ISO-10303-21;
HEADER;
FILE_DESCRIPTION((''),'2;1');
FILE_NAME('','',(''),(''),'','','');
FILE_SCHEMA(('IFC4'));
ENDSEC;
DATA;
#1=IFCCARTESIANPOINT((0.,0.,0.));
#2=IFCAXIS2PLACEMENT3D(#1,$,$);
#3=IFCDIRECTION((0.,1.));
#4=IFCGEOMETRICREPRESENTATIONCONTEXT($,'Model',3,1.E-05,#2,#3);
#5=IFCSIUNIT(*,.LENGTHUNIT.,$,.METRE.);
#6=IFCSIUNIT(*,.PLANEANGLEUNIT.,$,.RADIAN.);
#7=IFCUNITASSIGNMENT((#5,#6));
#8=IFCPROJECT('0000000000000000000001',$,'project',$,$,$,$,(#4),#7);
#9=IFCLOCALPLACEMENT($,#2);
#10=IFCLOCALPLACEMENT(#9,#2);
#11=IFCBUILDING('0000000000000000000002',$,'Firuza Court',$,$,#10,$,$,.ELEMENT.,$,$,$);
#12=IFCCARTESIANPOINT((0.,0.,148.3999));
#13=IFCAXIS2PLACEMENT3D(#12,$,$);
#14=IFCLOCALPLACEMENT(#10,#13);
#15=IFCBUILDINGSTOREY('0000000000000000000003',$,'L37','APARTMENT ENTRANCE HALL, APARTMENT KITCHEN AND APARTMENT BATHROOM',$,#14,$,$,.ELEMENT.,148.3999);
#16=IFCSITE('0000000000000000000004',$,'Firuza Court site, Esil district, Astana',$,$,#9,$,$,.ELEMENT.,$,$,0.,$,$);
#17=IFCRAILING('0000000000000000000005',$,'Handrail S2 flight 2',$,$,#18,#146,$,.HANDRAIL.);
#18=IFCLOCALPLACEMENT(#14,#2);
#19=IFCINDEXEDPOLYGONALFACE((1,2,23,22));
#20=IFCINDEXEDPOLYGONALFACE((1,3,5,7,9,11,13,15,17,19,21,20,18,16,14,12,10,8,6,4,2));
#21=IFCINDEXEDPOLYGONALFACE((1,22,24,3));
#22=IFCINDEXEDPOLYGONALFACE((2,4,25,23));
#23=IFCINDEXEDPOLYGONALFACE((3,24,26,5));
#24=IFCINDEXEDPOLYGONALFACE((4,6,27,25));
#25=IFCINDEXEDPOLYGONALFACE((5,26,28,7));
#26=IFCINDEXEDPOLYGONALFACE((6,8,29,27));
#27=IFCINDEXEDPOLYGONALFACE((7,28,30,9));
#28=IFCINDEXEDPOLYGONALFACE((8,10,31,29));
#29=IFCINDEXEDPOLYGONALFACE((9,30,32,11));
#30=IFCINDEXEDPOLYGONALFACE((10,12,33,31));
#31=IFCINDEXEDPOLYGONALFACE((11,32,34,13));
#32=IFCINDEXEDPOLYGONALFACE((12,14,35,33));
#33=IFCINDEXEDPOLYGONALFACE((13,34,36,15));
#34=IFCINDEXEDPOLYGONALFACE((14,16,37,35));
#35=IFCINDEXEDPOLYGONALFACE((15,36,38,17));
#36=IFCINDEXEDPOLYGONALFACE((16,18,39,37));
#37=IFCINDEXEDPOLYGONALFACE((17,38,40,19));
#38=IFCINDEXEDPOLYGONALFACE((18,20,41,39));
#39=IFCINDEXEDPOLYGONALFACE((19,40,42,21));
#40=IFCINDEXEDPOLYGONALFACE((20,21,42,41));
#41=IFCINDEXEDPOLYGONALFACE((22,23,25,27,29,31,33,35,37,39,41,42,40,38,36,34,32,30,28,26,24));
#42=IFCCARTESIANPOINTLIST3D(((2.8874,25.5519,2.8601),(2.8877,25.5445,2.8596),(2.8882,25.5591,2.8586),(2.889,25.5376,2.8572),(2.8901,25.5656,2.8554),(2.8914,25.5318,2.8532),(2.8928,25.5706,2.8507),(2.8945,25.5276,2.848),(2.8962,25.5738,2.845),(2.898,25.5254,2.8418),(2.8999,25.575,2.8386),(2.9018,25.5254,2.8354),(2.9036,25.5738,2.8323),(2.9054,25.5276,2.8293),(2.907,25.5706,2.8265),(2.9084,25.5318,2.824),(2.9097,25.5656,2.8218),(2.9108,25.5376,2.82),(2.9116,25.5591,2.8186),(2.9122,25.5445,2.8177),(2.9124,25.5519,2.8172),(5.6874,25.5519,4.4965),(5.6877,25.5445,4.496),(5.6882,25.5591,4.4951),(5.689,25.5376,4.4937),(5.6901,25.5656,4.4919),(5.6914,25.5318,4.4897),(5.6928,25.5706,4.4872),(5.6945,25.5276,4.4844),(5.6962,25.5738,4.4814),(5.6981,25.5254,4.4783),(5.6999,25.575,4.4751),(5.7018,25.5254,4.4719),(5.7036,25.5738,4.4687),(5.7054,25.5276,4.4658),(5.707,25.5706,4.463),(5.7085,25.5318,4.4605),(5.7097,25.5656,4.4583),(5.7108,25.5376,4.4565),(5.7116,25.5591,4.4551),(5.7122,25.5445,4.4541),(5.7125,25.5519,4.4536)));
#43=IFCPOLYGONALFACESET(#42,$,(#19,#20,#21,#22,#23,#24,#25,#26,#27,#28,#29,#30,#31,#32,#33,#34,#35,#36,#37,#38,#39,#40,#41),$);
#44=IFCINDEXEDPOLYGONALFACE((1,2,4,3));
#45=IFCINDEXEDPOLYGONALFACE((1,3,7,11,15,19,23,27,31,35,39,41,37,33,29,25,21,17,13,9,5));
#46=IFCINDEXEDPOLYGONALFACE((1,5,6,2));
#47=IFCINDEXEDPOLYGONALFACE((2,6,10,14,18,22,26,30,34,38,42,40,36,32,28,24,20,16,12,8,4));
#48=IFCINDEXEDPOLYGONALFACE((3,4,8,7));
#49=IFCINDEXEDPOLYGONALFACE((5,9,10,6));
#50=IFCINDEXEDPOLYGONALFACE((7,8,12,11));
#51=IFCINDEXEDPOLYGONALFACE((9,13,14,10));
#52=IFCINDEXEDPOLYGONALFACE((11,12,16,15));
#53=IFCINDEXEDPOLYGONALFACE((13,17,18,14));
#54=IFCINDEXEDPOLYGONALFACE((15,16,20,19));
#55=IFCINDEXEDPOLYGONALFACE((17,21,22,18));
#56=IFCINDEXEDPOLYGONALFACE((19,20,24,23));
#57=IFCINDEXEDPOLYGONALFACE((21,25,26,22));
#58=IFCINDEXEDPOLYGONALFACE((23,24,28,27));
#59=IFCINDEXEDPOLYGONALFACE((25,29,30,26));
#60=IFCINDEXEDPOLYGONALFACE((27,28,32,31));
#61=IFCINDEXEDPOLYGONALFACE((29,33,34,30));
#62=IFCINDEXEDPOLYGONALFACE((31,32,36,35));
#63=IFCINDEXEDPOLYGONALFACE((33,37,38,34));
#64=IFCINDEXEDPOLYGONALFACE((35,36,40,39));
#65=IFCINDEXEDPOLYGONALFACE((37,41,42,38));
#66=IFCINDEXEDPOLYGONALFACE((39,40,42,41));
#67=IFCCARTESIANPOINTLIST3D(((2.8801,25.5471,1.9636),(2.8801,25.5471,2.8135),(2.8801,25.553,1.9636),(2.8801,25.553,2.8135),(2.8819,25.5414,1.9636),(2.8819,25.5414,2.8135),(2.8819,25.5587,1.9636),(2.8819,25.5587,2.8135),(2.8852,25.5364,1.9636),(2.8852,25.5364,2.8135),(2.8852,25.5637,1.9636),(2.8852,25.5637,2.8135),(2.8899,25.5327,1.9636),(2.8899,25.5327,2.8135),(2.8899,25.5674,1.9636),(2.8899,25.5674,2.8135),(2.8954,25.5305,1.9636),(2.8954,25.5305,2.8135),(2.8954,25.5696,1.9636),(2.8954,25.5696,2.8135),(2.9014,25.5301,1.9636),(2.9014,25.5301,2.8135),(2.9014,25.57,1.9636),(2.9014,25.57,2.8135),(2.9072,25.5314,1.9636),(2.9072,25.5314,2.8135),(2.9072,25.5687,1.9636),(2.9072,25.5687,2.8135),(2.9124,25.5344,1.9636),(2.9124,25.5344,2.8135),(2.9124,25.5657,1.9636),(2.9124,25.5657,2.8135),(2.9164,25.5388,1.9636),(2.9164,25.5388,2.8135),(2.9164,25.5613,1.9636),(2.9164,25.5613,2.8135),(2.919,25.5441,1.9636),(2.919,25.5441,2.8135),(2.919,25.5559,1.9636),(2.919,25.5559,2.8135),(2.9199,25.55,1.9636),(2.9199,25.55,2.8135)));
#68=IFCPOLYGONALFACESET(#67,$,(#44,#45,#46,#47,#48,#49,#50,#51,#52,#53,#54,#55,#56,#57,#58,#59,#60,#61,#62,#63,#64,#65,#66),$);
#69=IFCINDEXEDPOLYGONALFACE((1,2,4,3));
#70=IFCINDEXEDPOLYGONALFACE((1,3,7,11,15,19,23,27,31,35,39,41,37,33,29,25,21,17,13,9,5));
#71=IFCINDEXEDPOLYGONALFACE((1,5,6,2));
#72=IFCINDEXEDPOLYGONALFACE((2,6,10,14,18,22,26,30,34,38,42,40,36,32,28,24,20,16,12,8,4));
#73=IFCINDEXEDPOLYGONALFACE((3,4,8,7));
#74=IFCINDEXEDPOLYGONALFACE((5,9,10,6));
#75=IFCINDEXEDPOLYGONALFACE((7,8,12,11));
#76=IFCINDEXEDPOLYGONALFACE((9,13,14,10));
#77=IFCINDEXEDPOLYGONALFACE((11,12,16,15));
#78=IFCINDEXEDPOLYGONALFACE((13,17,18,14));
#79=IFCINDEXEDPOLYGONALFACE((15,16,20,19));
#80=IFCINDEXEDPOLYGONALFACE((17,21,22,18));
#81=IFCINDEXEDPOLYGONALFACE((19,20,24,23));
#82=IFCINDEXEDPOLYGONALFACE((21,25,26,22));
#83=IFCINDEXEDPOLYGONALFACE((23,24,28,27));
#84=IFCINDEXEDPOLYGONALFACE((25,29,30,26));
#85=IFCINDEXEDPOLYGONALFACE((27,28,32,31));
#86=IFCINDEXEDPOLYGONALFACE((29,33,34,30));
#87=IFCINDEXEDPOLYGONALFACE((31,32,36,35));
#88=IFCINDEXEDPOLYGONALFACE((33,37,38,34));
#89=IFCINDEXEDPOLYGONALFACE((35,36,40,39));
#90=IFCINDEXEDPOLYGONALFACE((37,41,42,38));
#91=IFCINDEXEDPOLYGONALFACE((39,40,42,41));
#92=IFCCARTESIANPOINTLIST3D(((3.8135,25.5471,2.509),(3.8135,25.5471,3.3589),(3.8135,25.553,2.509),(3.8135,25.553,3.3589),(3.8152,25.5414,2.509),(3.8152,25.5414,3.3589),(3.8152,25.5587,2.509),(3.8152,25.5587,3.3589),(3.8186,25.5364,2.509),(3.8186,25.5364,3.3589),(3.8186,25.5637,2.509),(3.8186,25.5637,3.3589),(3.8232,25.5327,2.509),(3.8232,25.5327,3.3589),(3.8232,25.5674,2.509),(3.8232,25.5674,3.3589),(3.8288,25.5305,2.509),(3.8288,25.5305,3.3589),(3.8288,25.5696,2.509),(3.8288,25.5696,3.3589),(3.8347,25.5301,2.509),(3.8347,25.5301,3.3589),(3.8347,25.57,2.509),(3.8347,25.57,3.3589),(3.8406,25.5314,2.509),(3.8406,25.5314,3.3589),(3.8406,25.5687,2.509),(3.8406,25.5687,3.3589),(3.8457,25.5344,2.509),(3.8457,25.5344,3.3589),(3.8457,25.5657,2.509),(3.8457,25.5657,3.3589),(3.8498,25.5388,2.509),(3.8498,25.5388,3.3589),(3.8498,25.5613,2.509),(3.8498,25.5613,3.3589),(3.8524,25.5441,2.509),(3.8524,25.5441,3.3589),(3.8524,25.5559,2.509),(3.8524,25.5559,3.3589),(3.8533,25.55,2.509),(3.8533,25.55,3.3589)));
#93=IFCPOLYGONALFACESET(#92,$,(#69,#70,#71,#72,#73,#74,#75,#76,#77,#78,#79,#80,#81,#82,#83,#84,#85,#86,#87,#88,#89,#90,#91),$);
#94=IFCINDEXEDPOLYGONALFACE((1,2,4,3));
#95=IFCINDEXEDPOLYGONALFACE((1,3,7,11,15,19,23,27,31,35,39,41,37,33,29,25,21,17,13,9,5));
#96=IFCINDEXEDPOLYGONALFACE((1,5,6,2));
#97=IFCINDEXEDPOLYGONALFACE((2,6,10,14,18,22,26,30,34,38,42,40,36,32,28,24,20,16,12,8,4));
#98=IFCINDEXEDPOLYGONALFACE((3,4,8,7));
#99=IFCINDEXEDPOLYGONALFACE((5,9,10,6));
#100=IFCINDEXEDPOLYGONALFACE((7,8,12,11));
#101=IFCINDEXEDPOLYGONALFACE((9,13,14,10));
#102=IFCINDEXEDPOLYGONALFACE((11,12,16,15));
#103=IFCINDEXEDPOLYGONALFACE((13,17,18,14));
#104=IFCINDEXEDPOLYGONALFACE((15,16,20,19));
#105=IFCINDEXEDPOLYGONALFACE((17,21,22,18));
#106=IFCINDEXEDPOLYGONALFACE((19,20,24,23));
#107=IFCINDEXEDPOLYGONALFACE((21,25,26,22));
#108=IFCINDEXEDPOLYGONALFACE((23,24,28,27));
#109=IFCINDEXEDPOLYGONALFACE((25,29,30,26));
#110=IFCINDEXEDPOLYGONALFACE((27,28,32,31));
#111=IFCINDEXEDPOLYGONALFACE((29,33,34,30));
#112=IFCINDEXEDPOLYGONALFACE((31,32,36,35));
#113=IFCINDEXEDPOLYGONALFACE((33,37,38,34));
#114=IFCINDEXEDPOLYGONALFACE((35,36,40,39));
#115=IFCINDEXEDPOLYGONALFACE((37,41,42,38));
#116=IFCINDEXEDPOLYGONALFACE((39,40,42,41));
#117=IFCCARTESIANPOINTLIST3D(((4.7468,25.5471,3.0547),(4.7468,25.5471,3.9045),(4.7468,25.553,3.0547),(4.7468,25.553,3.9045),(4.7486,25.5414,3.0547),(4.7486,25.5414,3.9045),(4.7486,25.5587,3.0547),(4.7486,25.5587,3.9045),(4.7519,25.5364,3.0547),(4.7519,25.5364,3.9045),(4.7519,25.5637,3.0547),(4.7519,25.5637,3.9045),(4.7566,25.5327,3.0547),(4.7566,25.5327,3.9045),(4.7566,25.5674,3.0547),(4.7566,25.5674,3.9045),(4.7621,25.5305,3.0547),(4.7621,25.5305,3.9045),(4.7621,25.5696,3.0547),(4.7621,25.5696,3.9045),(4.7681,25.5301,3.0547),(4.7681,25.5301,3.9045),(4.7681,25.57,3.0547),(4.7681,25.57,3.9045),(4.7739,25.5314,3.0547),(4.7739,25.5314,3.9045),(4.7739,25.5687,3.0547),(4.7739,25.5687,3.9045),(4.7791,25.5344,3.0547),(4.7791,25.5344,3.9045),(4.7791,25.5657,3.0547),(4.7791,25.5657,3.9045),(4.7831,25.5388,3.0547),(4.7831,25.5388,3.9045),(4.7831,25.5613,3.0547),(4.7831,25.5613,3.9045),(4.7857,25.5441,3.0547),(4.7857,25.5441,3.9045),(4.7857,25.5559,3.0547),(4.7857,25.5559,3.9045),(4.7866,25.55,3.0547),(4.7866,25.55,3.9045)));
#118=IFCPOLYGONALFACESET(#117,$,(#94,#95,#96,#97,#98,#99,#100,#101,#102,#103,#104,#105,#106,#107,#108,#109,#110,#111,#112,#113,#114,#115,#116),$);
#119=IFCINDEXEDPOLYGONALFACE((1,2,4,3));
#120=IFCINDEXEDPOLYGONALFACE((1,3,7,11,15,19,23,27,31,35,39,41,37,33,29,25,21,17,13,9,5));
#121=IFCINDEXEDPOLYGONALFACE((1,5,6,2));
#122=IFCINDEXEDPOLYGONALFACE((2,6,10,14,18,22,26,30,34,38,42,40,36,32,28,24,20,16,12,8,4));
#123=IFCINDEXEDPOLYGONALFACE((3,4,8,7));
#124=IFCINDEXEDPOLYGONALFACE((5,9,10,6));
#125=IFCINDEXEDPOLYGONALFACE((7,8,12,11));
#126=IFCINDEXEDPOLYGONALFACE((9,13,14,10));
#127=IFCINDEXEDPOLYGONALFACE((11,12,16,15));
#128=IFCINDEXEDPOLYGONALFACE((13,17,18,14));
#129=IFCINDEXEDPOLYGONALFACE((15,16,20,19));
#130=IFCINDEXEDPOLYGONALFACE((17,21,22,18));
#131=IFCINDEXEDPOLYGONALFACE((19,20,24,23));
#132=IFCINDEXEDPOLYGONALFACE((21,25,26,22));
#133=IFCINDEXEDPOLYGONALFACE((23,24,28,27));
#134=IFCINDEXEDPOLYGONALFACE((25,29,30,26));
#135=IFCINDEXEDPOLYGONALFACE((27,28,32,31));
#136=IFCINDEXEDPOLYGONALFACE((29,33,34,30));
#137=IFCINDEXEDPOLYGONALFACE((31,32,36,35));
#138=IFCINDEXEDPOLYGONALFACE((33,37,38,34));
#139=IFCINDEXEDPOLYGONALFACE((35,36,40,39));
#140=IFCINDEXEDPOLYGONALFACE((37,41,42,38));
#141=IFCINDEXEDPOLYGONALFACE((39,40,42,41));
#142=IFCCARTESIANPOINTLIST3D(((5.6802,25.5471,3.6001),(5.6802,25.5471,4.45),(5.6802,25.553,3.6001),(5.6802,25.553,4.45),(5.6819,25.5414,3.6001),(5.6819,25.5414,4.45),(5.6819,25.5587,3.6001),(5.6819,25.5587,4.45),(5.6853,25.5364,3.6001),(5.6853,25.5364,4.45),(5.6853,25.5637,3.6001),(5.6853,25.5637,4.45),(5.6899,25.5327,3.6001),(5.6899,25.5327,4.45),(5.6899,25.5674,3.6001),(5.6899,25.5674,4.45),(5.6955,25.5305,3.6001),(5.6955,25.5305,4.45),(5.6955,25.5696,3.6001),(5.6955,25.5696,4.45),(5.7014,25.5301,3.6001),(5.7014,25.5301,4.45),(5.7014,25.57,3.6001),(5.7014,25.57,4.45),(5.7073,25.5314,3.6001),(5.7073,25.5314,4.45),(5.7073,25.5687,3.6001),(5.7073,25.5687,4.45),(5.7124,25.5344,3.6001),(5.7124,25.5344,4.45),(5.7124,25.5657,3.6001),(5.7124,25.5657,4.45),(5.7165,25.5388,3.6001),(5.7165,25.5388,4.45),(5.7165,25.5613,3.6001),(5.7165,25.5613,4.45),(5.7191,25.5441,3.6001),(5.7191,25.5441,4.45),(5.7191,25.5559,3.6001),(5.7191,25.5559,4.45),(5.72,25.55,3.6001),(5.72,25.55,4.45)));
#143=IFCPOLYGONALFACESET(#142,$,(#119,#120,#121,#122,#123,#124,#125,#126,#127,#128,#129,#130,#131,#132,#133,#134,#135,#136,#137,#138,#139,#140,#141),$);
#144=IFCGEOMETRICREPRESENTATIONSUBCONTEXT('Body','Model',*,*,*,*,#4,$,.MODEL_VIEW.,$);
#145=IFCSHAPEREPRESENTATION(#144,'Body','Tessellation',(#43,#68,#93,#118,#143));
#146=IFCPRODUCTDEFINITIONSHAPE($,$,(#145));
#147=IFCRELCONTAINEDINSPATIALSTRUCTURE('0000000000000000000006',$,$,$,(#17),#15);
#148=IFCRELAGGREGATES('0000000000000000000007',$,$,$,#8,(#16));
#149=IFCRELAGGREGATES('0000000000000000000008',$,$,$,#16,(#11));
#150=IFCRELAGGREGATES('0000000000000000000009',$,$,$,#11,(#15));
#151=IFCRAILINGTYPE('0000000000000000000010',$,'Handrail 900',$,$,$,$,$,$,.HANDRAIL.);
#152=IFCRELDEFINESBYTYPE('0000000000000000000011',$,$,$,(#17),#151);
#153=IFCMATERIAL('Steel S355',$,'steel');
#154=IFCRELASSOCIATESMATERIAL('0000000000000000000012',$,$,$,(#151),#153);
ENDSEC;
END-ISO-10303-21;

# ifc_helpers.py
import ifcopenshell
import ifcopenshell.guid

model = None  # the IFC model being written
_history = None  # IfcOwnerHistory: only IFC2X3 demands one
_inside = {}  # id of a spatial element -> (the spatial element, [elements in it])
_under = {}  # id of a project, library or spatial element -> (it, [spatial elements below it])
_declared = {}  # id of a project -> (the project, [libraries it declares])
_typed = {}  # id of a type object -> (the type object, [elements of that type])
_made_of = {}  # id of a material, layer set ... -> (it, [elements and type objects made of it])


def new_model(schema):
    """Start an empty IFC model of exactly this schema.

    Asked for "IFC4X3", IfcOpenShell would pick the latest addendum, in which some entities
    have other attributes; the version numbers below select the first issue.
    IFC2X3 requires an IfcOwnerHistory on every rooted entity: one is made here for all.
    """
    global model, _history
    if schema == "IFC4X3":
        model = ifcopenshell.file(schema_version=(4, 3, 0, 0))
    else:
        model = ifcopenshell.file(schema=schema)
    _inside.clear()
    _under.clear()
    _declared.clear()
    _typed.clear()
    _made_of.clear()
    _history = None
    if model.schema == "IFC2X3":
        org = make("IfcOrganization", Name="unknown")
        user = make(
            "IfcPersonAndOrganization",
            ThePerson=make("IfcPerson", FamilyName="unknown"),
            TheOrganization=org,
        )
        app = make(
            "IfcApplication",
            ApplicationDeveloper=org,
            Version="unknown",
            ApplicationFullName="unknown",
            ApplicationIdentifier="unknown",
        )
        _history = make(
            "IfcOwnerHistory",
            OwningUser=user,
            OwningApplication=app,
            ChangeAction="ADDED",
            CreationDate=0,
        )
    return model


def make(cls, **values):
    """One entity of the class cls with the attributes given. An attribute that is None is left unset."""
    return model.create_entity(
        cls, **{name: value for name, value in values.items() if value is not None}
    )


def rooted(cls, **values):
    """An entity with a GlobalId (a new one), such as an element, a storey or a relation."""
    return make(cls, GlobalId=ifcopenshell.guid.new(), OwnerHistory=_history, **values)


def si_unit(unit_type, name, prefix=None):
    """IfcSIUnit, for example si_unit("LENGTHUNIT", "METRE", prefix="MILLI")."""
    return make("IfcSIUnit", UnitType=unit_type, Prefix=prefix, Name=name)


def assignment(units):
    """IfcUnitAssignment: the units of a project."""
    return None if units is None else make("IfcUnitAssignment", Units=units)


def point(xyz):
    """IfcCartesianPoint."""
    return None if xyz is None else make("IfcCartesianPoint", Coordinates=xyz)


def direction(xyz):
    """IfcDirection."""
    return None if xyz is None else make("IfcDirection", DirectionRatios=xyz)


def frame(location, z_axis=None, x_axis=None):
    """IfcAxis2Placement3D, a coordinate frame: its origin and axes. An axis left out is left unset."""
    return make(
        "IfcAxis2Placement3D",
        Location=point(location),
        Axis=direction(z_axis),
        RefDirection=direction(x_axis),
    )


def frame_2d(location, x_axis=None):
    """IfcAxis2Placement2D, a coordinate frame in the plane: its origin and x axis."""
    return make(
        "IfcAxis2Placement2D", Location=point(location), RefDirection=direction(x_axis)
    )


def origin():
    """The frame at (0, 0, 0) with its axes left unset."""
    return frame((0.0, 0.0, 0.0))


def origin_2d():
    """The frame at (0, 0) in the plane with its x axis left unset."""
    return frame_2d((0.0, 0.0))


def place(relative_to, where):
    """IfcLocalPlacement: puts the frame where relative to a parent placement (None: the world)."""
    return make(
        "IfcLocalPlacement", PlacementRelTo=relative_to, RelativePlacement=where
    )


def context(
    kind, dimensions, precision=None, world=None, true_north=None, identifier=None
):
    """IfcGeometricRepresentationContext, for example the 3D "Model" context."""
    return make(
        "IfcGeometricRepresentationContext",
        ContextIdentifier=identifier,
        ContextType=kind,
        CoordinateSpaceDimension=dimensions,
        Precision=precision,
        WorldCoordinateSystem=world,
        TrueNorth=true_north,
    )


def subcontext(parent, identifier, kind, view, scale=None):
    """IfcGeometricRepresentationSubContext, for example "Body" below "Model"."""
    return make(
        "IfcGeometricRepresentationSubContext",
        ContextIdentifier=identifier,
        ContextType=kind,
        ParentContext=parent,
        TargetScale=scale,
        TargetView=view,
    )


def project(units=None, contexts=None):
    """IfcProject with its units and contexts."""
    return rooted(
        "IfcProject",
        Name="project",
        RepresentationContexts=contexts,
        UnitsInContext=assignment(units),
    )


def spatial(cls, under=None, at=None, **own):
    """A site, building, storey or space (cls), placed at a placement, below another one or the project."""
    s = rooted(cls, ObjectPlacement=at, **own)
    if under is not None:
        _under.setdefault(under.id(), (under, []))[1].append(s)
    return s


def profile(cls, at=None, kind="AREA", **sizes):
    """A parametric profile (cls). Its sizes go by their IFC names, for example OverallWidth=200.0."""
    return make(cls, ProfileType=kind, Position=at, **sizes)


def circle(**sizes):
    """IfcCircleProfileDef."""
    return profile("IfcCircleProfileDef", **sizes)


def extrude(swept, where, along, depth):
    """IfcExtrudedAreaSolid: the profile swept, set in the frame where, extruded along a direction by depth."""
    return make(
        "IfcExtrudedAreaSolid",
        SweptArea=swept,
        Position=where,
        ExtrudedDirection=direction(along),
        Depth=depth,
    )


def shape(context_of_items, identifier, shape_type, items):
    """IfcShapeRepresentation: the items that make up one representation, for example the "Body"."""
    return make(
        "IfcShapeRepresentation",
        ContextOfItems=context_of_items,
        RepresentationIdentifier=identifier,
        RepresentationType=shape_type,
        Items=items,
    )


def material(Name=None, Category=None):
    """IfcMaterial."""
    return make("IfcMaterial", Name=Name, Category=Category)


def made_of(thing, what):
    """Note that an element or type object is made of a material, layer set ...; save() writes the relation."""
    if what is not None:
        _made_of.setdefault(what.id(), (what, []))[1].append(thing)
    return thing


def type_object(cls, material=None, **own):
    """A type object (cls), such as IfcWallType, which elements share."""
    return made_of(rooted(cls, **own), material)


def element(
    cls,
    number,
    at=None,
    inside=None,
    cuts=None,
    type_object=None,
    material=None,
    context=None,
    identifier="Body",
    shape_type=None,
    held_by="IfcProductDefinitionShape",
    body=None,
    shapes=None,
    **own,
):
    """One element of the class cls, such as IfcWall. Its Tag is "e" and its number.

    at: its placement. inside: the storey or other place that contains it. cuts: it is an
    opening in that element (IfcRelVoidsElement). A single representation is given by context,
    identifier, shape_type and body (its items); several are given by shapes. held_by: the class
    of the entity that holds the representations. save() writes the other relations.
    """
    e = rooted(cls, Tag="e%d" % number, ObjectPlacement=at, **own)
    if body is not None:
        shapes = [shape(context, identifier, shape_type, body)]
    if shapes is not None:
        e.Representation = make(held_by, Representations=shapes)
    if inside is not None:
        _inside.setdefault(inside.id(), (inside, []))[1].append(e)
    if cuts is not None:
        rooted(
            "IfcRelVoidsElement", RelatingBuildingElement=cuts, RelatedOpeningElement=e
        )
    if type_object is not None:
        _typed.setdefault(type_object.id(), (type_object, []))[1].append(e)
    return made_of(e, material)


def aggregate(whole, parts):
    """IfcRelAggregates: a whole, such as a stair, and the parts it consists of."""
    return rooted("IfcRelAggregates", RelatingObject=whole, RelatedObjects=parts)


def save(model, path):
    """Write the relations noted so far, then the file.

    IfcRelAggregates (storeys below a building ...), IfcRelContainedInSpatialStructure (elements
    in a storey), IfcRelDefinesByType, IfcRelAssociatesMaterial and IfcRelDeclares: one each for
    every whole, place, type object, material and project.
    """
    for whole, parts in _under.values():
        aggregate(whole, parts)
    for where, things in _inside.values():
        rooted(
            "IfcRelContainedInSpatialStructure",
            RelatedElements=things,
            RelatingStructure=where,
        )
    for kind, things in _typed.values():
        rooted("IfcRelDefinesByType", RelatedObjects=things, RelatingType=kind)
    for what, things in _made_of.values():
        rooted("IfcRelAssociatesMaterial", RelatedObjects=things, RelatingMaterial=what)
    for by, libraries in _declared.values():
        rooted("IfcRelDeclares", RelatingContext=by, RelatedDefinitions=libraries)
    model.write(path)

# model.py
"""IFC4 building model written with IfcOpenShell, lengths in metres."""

from ifc_helpers import new_model, si_unit, direction, frame, origin, origin_2d, place, context, subcontext, project, spatial, circle, extrude, material, type_object, element, save


model = new_model("IFC4")

# Units and contexts
model_context = context("Model", 3, precision=1e-05, world=origin(), true_north=direction((0.0, 1.0)))
body_context = subcontext(model_context, "Body", "Model", "MODEL_VIEW")
ifc_project = project(units=[si_unit("LENGTHUNIT", "METRE"), si_unit("PLANEANGLEUNIT", "RADIAN")], contexts=[model_context])

# Site, building, storey
site_placement = place(None, origin())
site = spatial("IfcSite", under=ifc_project, at=site_placement, Name="Firuza Court site, Esil district, Astana", CompositionType="ELEMENT", RefElevation=0.0)
building_placement = place(site_placement, origin())
building = spatial("IfcBuilding", under=site, at=building_placement, Name="Firuza Court", CompositionType="ELEMENT")
storey_placement = place(building_placement, frame((0.0, 0.0, 148.3999)))
storey = spatial("IfcBuildingStorey", under=building, at=storey_placement, Name="L37", Description="APARTMENT ENTRANCE HALL, APARTMENT KITCHEN AND APARTMENT BATHROOM", CompositionType="ELEMENT", Elevation=148.3999)

# Railing
ifc_material_1 = material(Name="Steel S355", Category="steel")
railing_type_1 = type_object("IfcRailingType", Name="Handrail 900", PredefinedType="HANDRAIL", material=ifc_material_1)
railing_1_placement = place(storey_placement, frame((2.8999, 25.55, 1.9636)))
element("IfcRailing", 1, at=railing_1_placement, inside=storey, type_object=railing_type_1, Name="Handrail S2 flight 2", PredefinedType="HANDRAIL", context=body_context, shape_type="SweptSolid", body=[
    extrude(circle(Radius=0.0249, at=origin_2d()), frame((0.0, 0.0, 0.875), z_axis=(0.863361, 0.0, 0.504587), x_axis=(0.0, 1.0, 0.0)), (0.0, 0.0, 1.0), 3.2432),
    extrude(circle(Radius=0.02, at=origin_2d()), origin(), (0.0, 0.0, 1.0), 0.8499),
    extrude(circle(Radius=0.02, at=origin_2d()), frame((0.9333, 0.0, 0.5454)), (0.0, 0.0, 1.0), 0.8499),
    extrude(circle(Radius=0.02, at=origin_2d()), frame((1.8667, 0.0, 1.0911)), (0.0, 0.0, 1.0), 0.8499),
    extrude(circle(Radius=0.02, at=origin_2d()), frame((2.8, 0.0, 1.6365)), (0.0, 0.0, 1.0), 0.8499),
])

save(model, "model.ifc")
